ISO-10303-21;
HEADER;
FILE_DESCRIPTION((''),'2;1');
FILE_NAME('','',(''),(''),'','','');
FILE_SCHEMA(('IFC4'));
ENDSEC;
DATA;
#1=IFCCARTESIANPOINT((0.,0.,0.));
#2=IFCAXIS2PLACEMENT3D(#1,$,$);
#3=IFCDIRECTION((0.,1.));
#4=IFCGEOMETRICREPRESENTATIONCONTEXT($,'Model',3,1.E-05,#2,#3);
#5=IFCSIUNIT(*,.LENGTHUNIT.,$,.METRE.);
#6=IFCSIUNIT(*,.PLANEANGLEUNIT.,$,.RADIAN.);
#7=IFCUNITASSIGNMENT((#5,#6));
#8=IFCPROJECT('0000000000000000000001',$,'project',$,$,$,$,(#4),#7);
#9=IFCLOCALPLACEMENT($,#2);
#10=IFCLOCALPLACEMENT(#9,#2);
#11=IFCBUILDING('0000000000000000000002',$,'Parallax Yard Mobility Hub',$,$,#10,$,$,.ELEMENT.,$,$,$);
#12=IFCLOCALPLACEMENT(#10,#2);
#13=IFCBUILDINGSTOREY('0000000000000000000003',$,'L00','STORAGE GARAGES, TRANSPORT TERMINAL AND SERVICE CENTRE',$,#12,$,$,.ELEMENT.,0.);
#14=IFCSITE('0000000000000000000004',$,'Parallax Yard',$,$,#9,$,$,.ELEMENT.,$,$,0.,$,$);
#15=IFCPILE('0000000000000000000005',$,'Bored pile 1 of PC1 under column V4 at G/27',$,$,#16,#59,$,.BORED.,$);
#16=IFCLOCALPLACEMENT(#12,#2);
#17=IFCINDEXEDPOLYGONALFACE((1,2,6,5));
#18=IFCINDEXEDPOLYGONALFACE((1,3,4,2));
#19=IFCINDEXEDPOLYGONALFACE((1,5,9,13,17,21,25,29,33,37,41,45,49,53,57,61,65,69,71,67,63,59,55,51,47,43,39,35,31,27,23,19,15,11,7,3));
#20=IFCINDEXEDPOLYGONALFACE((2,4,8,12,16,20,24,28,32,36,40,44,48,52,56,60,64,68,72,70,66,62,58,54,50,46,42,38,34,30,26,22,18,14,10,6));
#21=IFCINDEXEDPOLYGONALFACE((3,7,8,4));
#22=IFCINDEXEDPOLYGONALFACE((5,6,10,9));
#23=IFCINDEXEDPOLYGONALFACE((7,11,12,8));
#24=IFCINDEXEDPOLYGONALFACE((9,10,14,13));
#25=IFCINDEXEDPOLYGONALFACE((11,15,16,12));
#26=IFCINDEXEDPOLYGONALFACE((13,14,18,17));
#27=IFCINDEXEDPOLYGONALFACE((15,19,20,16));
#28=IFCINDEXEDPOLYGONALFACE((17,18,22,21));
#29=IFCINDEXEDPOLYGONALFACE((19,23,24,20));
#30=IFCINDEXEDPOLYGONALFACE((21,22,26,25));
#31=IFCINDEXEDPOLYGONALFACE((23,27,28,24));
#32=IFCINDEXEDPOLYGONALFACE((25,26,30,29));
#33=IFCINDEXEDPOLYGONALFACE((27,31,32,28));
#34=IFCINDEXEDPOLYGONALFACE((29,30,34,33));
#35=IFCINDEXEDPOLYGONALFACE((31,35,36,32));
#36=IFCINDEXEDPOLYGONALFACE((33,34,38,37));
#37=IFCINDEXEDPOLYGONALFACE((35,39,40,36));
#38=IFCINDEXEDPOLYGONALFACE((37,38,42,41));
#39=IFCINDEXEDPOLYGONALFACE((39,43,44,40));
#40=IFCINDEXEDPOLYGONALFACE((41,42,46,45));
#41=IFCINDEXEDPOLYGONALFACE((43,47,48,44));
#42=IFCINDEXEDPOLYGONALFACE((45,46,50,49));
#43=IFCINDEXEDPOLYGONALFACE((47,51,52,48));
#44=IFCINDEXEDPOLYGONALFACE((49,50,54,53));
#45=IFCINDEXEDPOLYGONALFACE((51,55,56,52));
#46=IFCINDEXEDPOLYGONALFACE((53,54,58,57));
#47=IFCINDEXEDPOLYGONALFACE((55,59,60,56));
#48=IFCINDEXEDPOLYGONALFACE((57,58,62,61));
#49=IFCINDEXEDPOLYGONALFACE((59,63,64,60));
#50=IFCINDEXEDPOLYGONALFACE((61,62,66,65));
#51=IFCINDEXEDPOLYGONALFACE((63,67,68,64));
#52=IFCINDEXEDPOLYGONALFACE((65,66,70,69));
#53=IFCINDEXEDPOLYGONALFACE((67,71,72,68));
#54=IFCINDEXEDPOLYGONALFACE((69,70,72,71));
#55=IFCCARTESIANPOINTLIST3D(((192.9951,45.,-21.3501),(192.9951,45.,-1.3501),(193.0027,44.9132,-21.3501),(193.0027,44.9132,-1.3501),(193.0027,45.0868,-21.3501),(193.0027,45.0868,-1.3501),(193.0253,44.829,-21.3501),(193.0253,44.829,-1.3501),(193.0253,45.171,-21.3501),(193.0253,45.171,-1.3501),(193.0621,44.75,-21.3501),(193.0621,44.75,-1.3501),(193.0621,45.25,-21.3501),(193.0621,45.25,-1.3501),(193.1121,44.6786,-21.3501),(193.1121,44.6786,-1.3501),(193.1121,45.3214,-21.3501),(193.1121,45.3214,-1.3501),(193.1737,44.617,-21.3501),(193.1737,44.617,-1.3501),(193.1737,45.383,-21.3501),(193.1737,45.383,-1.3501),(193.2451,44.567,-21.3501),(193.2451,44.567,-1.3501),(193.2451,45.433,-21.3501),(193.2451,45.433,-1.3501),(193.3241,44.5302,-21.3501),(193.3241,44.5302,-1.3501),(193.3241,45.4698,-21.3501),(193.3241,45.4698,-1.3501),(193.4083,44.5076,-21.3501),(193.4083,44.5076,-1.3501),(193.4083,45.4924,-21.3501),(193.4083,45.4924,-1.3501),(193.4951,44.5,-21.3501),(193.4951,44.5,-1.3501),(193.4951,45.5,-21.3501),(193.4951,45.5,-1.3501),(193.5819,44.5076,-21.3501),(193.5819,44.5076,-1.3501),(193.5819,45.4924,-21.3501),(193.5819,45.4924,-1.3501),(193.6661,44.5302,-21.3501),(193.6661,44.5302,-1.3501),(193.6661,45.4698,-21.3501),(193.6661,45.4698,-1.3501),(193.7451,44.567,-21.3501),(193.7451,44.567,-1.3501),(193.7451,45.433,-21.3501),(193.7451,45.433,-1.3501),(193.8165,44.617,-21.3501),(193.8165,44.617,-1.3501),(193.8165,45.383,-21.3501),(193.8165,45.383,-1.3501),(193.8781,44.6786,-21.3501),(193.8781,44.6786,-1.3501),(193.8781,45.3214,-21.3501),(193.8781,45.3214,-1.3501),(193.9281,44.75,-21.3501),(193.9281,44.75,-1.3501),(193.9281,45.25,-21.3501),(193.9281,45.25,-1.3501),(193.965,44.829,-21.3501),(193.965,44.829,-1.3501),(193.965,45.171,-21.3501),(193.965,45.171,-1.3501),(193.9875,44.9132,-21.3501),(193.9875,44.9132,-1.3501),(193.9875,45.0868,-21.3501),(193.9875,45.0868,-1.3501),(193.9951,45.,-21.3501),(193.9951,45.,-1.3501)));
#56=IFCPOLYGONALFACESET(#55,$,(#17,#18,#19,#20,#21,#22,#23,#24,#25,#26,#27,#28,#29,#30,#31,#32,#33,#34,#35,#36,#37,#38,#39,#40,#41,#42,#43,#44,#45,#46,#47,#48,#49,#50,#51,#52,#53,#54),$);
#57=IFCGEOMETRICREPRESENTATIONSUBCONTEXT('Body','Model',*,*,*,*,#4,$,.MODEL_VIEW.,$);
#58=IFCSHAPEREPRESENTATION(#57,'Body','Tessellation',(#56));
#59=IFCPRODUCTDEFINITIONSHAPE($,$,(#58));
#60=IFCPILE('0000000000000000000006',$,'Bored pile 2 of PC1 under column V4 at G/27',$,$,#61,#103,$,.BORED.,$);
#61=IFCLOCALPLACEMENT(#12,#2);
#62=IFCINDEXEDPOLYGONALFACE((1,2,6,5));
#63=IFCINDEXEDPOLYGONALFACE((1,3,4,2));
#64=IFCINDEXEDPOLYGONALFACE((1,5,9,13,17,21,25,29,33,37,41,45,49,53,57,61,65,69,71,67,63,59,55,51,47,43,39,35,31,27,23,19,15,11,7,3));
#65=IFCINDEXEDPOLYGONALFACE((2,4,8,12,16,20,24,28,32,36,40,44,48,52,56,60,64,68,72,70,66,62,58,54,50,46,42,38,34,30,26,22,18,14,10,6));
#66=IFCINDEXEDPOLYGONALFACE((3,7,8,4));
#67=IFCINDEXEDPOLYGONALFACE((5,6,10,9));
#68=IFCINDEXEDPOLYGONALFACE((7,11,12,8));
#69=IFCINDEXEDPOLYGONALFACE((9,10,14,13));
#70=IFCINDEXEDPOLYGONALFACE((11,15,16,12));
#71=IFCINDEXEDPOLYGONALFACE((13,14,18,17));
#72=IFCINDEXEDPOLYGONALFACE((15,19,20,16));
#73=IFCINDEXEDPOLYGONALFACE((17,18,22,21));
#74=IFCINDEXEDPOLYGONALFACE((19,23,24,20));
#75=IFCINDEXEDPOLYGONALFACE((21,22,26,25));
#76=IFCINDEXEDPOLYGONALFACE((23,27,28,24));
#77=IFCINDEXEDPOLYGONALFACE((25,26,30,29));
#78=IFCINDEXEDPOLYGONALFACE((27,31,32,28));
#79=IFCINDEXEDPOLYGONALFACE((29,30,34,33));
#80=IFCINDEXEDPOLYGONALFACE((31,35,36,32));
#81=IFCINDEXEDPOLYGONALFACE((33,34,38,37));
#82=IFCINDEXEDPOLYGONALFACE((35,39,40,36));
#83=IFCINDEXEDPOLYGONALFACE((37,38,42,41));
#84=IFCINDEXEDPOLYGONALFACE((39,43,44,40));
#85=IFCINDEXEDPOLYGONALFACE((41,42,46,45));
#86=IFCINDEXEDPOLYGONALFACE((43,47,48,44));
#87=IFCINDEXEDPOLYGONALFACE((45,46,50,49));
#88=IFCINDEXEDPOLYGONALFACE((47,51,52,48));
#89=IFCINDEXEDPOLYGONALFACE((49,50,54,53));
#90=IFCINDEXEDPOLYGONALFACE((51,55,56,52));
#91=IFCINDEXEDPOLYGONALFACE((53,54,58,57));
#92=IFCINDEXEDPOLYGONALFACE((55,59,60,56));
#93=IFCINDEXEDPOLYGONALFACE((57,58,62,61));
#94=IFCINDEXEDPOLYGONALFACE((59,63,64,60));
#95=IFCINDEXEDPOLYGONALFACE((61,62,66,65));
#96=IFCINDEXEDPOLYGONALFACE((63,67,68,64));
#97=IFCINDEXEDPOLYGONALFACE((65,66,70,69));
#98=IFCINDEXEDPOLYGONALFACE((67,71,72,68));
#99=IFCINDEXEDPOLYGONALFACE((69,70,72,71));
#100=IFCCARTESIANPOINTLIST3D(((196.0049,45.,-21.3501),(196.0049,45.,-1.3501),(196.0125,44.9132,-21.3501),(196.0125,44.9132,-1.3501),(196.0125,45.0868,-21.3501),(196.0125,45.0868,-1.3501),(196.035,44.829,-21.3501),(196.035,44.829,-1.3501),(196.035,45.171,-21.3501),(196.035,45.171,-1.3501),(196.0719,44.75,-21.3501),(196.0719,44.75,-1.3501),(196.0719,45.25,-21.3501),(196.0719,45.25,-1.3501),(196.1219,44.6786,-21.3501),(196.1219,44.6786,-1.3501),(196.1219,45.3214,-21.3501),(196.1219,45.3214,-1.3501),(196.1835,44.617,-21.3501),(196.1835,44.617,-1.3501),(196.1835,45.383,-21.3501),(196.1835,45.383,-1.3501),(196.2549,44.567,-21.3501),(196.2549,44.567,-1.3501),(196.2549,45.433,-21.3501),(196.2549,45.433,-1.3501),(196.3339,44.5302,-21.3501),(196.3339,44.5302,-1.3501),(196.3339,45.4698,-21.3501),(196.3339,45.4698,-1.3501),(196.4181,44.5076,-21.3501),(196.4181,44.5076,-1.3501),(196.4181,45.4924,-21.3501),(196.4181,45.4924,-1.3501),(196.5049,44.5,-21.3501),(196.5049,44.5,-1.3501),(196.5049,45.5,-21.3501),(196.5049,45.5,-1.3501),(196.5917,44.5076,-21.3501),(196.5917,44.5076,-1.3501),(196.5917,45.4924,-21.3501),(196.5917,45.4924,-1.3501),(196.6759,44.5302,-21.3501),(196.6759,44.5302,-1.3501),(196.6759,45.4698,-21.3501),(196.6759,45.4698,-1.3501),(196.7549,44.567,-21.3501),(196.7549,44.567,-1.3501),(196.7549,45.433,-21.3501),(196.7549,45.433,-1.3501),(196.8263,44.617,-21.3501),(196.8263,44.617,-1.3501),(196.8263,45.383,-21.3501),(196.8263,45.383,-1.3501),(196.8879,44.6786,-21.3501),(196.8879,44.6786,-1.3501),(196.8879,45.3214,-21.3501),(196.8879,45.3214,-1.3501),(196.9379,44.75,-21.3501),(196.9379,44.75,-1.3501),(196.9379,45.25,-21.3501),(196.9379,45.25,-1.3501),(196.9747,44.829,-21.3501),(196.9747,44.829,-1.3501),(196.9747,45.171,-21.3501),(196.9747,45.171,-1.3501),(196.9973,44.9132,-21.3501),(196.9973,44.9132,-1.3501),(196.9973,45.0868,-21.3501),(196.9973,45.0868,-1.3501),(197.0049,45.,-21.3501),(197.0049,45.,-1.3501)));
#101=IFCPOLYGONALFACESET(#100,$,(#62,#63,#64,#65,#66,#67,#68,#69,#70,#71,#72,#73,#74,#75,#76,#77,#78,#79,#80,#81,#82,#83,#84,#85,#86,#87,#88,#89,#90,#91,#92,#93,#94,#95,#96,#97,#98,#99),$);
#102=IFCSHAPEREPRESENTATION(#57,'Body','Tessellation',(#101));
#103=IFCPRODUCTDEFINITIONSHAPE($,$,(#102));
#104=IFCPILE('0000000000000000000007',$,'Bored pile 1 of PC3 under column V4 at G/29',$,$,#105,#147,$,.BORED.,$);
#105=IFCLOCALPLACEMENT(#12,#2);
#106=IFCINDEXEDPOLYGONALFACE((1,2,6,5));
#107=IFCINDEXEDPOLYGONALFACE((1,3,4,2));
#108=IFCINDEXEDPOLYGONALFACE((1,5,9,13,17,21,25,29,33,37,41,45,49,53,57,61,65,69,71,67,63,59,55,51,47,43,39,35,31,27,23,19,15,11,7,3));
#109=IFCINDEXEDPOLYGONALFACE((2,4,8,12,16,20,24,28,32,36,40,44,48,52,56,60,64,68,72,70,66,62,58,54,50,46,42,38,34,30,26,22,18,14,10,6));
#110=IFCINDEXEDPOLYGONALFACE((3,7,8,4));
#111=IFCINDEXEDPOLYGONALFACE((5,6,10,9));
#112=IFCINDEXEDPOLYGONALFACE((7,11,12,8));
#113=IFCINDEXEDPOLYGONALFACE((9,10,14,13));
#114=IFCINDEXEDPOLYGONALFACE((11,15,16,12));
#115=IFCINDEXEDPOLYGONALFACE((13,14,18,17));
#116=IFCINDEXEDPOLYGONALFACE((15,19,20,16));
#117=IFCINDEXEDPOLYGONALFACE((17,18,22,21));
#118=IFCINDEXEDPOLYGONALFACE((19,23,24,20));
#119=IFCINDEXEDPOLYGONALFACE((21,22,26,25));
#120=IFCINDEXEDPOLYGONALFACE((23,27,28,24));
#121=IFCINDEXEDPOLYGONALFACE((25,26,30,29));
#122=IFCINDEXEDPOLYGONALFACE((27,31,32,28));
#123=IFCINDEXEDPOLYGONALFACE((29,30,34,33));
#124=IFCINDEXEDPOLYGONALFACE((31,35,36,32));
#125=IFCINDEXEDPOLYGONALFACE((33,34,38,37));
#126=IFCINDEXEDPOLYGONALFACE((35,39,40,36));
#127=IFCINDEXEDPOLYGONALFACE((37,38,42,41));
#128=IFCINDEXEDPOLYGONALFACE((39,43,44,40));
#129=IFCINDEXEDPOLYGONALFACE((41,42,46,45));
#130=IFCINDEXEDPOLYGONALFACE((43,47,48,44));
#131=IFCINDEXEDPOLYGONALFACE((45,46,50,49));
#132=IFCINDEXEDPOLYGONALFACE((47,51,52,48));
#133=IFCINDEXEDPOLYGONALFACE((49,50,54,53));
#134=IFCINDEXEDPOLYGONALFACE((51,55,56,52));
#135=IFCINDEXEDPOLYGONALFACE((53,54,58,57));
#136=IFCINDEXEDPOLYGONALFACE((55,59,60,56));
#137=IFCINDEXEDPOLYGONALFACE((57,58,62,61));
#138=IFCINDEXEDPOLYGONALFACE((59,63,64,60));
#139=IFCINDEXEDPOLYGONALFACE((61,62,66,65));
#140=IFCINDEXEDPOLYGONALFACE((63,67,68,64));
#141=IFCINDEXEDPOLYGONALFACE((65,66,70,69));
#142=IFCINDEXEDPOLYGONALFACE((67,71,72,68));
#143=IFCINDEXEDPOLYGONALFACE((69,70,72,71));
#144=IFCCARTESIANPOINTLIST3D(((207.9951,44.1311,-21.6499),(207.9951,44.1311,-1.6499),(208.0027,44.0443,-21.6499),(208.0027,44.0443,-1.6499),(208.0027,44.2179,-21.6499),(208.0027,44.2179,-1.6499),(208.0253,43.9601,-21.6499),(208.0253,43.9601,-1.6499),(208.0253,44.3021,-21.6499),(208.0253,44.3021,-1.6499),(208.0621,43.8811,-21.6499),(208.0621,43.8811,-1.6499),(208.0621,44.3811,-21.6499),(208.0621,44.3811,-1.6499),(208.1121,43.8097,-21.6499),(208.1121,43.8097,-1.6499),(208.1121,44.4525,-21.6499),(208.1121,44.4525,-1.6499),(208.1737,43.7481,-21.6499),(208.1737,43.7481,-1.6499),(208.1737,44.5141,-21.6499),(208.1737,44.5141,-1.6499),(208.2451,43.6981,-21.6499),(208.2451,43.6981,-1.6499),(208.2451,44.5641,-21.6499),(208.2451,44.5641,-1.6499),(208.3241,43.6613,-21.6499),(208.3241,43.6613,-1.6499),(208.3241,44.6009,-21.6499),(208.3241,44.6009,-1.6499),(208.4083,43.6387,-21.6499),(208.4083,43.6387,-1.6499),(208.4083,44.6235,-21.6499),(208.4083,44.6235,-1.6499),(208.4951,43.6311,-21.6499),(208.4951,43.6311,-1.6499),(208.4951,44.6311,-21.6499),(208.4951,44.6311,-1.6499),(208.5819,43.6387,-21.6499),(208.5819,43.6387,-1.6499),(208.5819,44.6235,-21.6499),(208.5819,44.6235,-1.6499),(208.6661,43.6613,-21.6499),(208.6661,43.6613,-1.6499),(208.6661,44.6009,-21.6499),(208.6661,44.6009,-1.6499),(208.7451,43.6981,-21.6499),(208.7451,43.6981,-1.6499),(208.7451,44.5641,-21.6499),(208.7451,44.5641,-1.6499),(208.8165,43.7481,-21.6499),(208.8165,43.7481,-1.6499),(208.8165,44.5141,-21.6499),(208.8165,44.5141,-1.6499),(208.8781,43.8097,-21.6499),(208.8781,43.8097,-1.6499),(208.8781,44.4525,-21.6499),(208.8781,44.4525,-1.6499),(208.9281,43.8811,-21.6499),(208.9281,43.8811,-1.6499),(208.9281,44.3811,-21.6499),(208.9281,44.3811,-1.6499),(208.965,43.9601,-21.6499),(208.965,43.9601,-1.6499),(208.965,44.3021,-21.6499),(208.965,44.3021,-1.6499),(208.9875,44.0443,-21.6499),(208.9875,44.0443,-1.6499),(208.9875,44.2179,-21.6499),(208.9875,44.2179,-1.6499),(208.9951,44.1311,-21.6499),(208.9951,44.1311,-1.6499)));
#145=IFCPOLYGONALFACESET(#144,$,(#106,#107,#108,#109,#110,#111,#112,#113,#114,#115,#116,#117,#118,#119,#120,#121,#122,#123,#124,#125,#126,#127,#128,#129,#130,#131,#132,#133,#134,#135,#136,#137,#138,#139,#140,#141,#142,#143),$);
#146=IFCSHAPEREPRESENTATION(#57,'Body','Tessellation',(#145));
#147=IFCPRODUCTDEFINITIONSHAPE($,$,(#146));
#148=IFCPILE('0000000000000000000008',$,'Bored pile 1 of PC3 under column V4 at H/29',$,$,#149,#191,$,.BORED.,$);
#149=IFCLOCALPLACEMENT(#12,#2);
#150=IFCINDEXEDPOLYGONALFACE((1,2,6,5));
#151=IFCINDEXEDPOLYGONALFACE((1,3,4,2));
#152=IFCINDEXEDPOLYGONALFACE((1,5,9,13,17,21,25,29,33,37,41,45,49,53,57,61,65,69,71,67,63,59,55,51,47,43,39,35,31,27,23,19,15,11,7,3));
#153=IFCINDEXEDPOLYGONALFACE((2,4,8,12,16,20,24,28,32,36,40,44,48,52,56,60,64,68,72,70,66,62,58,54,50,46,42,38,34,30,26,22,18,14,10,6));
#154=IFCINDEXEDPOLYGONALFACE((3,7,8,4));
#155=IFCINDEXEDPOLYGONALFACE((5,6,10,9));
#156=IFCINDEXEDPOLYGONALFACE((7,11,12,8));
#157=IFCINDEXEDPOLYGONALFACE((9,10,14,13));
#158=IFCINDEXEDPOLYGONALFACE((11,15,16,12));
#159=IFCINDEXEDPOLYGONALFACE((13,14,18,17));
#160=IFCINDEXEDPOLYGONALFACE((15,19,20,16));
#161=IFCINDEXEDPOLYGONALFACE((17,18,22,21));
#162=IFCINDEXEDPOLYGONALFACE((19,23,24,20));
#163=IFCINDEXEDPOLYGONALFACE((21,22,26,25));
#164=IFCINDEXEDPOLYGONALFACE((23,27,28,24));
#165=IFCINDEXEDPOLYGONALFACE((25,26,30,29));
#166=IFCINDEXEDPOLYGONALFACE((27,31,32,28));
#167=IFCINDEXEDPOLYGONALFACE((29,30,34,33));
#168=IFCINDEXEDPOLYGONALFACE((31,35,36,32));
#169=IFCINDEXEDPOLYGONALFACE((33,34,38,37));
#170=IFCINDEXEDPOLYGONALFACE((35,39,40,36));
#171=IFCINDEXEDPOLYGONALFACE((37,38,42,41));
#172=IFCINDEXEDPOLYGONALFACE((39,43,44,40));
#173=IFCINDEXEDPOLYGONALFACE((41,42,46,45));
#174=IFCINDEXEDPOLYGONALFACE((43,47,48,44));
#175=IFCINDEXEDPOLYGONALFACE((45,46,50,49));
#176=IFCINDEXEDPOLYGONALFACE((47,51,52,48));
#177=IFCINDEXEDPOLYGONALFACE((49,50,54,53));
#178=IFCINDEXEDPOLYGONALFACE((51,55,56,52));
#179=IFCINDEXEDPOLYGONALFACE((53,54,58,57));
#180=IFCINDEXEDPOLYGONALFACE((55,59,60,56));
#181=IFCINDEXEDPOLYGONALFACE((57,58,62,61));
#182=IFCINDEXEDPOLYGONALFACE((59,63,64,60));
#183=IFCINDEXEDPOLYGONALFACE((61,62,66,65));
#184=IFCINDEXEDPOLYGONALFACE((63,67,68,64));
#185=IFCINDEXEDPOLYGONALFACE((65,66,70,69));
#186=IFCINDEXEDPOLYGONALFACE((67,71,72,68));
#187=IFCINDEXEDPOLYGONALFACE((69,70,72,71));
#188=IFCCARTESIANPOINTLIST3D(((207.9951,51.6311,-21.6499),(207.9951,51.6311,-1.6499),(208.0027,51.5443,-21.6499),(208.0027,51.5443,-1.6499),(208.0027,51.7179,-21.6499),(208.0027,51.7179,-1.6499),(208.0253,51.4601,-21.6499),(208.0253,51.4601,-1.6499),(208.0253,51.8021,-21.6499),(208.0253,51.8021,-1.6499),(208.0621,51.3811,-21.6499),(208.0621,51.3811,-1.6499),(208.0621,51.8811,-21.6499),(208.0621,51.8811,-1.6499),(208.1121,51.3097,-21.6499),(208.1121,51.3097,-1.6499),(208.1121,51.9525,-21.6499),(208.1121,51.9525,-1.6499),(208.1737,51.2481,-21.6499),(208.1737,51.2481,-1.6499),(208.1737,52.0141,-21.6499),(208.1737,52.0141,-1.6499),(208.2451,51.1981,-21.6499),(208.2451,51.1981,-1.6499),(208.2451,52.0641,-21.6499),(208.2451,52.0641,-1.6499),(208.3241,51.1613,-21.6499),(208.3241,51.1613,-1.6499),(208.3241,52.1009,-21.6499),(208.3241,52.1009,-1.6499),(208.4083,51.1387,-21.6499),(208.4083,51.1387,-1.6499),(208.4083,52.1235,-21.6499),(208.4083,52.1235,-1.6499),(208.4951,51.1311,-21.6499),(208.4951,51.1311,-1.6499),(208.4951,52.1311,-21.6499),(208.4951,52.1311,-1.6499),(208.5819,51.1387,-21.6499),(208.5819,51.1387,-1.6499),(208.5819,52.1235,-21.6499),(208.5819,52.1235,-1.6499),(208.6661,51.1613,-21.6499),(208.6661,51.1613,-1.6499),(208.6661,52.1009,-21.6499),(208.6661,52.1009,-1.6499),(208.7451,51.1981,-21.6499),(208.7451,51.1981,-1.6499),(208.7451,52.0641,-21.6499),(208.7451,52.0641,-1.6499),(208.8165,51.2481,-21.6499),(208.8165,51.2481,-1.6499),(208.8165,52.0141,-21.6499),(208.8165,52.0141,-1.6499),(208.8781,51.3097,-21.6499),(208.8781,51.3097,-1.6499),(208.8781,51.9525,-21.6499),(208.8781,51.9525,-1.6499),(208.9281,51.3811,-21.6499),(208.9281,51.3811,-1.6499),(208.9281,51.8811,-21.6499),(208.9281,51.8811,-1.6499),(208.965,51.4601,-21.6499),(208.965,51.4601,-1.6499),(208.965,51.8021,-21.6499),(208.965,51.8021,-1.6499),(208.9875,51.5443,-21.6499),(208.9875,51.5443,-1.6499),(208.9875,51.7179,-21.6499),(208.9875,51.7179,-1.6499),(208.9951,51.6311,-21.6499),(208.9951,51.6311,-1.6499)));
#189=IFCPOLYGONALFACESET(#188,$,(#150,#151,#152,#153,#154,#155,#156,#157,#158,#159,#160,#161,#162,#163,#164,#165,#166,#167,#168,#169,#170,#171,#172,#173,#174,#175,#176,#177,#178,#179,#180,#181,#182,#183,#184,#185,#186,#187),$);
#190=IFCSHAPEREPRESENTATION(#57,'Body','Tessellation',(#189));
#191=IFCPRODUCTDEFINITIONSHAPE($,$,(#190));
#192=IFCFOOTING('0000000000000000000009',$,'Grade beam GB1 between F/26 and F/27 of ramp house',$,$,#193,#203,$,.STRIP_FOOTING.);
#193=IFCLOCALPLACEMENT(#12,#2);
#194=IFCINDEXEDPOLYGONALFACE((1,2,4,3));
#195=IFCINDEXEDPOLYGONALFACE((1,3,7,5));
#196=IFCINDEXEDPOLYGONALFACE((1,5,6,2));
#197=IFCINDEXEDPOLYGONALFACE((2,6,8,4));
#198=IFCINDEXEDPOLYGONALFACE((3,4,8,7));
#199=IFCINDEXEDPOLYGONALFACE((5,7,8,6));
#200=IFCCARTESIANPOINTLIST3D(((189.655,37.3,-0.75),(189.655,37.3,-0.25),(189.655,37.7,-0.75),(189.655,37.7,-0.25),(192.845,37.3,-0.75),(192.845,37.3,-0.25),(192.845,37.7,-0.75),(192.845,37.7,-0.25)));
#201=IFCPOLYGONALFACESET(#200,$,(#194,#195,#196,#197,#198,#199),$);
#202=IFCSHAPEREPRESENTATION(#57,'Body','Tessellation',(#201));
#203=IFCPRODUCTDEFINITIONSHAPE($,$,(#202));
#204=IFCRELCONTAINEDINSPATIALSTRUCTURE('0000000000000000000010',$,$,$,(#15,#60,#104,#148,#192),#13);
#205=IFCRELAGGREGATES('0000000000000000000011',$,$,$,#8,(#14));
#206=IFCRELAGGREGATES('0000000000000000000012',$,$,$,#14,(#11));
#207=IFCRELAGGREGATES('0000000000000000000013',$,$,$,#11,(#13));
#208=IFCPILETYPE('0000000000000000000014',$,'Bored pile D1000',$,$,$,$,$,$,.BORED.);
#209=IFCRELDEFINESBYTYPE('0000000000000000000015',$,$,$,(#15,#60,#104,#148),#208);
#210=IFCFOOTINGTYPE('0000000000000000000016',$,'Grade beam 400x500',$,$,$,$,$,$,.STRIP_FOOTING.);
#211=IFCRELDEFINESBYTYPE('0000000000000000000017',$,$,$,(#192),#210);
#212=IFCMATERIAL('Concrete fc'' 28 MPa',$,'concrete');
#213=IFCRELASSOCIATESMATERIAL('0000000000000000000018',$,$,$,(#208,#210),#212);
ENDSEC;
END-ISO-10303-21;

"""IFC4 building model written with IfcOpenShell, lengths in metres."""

from ifc_helpers import new_model, si_unit, direction, frame, origin, origin_2d, place, context, subcontext, project, spatial, rectangle, circle, extrude, material, material_profile, profile_set, type_object, element, save


model = new_model("IFC4")

# Units and contexts
model_context = context("Model", 3, precision=1e-05, world=origin(), true_north=direction((0.0, 1.0)))
body_context = subcontext(model_context, "Body", "Model", "MODEL_VIEW")
ifc_project = project(units=[si_unit("LENGTHUNIT", "METRE"), si_unit("PLANEANGLEUNIT", "RADIAN")], contexts=[model_context])

# Site, building, storey
site_placement = place(None, origin())
site = spatial("IfcSite", under=ifc_project, at=site_placement, Name="Parallax Yard", CompositionType="ELEMENT", RefElevation=0.0)
building_placement = place(site_placement, origin())
building = spatial("IfcBuilding", under=site, at=building_placement, Name="Parallax Yard Mobility Hub", CompositionType="ELEMENT")
storey_placement = place(building_placement, origin())
storey = spatial("IfcBuildingStorey", under=building, at=storey_placement, Name="L00", Description="STORAGE GARAGES, TRANSPORT TERMINAL AND SERVICE CENTRE", CompositionType="ELEMENT", Elevation=0.0)

# Piles
ifc_material_1 = material(Name="Concrete fc' 28 MPa", Category="concrete")
ifc_material_profile_1 = material_profile(ifc_material_1, circle(Radius=0.5, at=origin_2d()), Name="Bored pile D1000")
ifc_profile_set_1 = profile_set([ifc_material_profile_1], Name="Concrete fc' 28 MPa")
pile_type = type_object("IfcPileType", Name="Bored pile D1000", PredefinedType="BORED", material=ifc_profile_set_1)
for number, where, z_axis, x_axis, name in (
    (1, (193.4951, 45.0, -1.3501), (0.0, 0.0, -1.0), (1.0, 0.0, 0.0), "Bored pile 1 of PC1 under column V4 at G/27"),
    (2, (196.5049, 45.0, -1.3501), (0.0, 0.0, -1.0), (1.0, 0.0, 0.0), "Bored pile 2 of PC1 under column V4 at G/27"),
    (3, (208.4951, 44.1311, -1.6499), (0.0, 0.0, -1.0), (1.0, 0.0, 0.0), "Bored pile 1 of PC3 under column V4 at G/29"),
    (4, (208.4951, 51.6311, -1.6499), (0.0, 0.0, -1.0), (1.0, 0.0, 0.0), "Bored pile 1 of PC3 under column V4 at H/29"),
):
    element("IfcPile", number, at=place(storey_placement, frame(where, z_axis=z_axis, x_axis=x_axis)), inside=storey, type_object=pile_type, Name=name, PredefinedType="BORED", context=body_context, shape_type="SweptSolid", body=[
        extrude(circle(Radius=0.5, at=origin_2d()), origin(), (0.0, 0.0, 1.0), 20.0),
    ])

# Footing
ifc_material_profile_2 = material_profile(ifc_material_1, rectangle(XDim=0.3999, YDim=0.5, at=origin_2d()), Name="Grade beam 400x500")
ifc_profile_set_2 = profile_set([ifc_material_profile_2], Name="Concrete fc' 28 MPa")
footing_type_1 = type_object("IfcFootingType", Name="Grade beam 400x500", PredefinedType="STRIP_FOOTING", material=ifc_profile_set_2)
for number, where, z_axis, x_axis, name in (
    (5, (189.655, 37.5, -0.5), (1.0, 0.0, 0.0), (0.0, 1.0, 0.0), "Grade beam GB1 between F/26 and F/27 of ramp house"),
):
    element("IfcFooting", number, at=place(storey_placement, frame(where, z_axis=z_axis, x_axis=x_axis)), inside=storey, type_object=footing_type_1, Name=name, PredefinedType="STRIP_FOOTING", context=body_context, shape_type="SweptSolid", body=[
        extrude(rectangle(XDim=0.3999, YDim=0.5, at=origin_2d()), origin(), (0.0, 0.0, 1.0), 3.1899),
    ])

save(model, "model.ifc")
